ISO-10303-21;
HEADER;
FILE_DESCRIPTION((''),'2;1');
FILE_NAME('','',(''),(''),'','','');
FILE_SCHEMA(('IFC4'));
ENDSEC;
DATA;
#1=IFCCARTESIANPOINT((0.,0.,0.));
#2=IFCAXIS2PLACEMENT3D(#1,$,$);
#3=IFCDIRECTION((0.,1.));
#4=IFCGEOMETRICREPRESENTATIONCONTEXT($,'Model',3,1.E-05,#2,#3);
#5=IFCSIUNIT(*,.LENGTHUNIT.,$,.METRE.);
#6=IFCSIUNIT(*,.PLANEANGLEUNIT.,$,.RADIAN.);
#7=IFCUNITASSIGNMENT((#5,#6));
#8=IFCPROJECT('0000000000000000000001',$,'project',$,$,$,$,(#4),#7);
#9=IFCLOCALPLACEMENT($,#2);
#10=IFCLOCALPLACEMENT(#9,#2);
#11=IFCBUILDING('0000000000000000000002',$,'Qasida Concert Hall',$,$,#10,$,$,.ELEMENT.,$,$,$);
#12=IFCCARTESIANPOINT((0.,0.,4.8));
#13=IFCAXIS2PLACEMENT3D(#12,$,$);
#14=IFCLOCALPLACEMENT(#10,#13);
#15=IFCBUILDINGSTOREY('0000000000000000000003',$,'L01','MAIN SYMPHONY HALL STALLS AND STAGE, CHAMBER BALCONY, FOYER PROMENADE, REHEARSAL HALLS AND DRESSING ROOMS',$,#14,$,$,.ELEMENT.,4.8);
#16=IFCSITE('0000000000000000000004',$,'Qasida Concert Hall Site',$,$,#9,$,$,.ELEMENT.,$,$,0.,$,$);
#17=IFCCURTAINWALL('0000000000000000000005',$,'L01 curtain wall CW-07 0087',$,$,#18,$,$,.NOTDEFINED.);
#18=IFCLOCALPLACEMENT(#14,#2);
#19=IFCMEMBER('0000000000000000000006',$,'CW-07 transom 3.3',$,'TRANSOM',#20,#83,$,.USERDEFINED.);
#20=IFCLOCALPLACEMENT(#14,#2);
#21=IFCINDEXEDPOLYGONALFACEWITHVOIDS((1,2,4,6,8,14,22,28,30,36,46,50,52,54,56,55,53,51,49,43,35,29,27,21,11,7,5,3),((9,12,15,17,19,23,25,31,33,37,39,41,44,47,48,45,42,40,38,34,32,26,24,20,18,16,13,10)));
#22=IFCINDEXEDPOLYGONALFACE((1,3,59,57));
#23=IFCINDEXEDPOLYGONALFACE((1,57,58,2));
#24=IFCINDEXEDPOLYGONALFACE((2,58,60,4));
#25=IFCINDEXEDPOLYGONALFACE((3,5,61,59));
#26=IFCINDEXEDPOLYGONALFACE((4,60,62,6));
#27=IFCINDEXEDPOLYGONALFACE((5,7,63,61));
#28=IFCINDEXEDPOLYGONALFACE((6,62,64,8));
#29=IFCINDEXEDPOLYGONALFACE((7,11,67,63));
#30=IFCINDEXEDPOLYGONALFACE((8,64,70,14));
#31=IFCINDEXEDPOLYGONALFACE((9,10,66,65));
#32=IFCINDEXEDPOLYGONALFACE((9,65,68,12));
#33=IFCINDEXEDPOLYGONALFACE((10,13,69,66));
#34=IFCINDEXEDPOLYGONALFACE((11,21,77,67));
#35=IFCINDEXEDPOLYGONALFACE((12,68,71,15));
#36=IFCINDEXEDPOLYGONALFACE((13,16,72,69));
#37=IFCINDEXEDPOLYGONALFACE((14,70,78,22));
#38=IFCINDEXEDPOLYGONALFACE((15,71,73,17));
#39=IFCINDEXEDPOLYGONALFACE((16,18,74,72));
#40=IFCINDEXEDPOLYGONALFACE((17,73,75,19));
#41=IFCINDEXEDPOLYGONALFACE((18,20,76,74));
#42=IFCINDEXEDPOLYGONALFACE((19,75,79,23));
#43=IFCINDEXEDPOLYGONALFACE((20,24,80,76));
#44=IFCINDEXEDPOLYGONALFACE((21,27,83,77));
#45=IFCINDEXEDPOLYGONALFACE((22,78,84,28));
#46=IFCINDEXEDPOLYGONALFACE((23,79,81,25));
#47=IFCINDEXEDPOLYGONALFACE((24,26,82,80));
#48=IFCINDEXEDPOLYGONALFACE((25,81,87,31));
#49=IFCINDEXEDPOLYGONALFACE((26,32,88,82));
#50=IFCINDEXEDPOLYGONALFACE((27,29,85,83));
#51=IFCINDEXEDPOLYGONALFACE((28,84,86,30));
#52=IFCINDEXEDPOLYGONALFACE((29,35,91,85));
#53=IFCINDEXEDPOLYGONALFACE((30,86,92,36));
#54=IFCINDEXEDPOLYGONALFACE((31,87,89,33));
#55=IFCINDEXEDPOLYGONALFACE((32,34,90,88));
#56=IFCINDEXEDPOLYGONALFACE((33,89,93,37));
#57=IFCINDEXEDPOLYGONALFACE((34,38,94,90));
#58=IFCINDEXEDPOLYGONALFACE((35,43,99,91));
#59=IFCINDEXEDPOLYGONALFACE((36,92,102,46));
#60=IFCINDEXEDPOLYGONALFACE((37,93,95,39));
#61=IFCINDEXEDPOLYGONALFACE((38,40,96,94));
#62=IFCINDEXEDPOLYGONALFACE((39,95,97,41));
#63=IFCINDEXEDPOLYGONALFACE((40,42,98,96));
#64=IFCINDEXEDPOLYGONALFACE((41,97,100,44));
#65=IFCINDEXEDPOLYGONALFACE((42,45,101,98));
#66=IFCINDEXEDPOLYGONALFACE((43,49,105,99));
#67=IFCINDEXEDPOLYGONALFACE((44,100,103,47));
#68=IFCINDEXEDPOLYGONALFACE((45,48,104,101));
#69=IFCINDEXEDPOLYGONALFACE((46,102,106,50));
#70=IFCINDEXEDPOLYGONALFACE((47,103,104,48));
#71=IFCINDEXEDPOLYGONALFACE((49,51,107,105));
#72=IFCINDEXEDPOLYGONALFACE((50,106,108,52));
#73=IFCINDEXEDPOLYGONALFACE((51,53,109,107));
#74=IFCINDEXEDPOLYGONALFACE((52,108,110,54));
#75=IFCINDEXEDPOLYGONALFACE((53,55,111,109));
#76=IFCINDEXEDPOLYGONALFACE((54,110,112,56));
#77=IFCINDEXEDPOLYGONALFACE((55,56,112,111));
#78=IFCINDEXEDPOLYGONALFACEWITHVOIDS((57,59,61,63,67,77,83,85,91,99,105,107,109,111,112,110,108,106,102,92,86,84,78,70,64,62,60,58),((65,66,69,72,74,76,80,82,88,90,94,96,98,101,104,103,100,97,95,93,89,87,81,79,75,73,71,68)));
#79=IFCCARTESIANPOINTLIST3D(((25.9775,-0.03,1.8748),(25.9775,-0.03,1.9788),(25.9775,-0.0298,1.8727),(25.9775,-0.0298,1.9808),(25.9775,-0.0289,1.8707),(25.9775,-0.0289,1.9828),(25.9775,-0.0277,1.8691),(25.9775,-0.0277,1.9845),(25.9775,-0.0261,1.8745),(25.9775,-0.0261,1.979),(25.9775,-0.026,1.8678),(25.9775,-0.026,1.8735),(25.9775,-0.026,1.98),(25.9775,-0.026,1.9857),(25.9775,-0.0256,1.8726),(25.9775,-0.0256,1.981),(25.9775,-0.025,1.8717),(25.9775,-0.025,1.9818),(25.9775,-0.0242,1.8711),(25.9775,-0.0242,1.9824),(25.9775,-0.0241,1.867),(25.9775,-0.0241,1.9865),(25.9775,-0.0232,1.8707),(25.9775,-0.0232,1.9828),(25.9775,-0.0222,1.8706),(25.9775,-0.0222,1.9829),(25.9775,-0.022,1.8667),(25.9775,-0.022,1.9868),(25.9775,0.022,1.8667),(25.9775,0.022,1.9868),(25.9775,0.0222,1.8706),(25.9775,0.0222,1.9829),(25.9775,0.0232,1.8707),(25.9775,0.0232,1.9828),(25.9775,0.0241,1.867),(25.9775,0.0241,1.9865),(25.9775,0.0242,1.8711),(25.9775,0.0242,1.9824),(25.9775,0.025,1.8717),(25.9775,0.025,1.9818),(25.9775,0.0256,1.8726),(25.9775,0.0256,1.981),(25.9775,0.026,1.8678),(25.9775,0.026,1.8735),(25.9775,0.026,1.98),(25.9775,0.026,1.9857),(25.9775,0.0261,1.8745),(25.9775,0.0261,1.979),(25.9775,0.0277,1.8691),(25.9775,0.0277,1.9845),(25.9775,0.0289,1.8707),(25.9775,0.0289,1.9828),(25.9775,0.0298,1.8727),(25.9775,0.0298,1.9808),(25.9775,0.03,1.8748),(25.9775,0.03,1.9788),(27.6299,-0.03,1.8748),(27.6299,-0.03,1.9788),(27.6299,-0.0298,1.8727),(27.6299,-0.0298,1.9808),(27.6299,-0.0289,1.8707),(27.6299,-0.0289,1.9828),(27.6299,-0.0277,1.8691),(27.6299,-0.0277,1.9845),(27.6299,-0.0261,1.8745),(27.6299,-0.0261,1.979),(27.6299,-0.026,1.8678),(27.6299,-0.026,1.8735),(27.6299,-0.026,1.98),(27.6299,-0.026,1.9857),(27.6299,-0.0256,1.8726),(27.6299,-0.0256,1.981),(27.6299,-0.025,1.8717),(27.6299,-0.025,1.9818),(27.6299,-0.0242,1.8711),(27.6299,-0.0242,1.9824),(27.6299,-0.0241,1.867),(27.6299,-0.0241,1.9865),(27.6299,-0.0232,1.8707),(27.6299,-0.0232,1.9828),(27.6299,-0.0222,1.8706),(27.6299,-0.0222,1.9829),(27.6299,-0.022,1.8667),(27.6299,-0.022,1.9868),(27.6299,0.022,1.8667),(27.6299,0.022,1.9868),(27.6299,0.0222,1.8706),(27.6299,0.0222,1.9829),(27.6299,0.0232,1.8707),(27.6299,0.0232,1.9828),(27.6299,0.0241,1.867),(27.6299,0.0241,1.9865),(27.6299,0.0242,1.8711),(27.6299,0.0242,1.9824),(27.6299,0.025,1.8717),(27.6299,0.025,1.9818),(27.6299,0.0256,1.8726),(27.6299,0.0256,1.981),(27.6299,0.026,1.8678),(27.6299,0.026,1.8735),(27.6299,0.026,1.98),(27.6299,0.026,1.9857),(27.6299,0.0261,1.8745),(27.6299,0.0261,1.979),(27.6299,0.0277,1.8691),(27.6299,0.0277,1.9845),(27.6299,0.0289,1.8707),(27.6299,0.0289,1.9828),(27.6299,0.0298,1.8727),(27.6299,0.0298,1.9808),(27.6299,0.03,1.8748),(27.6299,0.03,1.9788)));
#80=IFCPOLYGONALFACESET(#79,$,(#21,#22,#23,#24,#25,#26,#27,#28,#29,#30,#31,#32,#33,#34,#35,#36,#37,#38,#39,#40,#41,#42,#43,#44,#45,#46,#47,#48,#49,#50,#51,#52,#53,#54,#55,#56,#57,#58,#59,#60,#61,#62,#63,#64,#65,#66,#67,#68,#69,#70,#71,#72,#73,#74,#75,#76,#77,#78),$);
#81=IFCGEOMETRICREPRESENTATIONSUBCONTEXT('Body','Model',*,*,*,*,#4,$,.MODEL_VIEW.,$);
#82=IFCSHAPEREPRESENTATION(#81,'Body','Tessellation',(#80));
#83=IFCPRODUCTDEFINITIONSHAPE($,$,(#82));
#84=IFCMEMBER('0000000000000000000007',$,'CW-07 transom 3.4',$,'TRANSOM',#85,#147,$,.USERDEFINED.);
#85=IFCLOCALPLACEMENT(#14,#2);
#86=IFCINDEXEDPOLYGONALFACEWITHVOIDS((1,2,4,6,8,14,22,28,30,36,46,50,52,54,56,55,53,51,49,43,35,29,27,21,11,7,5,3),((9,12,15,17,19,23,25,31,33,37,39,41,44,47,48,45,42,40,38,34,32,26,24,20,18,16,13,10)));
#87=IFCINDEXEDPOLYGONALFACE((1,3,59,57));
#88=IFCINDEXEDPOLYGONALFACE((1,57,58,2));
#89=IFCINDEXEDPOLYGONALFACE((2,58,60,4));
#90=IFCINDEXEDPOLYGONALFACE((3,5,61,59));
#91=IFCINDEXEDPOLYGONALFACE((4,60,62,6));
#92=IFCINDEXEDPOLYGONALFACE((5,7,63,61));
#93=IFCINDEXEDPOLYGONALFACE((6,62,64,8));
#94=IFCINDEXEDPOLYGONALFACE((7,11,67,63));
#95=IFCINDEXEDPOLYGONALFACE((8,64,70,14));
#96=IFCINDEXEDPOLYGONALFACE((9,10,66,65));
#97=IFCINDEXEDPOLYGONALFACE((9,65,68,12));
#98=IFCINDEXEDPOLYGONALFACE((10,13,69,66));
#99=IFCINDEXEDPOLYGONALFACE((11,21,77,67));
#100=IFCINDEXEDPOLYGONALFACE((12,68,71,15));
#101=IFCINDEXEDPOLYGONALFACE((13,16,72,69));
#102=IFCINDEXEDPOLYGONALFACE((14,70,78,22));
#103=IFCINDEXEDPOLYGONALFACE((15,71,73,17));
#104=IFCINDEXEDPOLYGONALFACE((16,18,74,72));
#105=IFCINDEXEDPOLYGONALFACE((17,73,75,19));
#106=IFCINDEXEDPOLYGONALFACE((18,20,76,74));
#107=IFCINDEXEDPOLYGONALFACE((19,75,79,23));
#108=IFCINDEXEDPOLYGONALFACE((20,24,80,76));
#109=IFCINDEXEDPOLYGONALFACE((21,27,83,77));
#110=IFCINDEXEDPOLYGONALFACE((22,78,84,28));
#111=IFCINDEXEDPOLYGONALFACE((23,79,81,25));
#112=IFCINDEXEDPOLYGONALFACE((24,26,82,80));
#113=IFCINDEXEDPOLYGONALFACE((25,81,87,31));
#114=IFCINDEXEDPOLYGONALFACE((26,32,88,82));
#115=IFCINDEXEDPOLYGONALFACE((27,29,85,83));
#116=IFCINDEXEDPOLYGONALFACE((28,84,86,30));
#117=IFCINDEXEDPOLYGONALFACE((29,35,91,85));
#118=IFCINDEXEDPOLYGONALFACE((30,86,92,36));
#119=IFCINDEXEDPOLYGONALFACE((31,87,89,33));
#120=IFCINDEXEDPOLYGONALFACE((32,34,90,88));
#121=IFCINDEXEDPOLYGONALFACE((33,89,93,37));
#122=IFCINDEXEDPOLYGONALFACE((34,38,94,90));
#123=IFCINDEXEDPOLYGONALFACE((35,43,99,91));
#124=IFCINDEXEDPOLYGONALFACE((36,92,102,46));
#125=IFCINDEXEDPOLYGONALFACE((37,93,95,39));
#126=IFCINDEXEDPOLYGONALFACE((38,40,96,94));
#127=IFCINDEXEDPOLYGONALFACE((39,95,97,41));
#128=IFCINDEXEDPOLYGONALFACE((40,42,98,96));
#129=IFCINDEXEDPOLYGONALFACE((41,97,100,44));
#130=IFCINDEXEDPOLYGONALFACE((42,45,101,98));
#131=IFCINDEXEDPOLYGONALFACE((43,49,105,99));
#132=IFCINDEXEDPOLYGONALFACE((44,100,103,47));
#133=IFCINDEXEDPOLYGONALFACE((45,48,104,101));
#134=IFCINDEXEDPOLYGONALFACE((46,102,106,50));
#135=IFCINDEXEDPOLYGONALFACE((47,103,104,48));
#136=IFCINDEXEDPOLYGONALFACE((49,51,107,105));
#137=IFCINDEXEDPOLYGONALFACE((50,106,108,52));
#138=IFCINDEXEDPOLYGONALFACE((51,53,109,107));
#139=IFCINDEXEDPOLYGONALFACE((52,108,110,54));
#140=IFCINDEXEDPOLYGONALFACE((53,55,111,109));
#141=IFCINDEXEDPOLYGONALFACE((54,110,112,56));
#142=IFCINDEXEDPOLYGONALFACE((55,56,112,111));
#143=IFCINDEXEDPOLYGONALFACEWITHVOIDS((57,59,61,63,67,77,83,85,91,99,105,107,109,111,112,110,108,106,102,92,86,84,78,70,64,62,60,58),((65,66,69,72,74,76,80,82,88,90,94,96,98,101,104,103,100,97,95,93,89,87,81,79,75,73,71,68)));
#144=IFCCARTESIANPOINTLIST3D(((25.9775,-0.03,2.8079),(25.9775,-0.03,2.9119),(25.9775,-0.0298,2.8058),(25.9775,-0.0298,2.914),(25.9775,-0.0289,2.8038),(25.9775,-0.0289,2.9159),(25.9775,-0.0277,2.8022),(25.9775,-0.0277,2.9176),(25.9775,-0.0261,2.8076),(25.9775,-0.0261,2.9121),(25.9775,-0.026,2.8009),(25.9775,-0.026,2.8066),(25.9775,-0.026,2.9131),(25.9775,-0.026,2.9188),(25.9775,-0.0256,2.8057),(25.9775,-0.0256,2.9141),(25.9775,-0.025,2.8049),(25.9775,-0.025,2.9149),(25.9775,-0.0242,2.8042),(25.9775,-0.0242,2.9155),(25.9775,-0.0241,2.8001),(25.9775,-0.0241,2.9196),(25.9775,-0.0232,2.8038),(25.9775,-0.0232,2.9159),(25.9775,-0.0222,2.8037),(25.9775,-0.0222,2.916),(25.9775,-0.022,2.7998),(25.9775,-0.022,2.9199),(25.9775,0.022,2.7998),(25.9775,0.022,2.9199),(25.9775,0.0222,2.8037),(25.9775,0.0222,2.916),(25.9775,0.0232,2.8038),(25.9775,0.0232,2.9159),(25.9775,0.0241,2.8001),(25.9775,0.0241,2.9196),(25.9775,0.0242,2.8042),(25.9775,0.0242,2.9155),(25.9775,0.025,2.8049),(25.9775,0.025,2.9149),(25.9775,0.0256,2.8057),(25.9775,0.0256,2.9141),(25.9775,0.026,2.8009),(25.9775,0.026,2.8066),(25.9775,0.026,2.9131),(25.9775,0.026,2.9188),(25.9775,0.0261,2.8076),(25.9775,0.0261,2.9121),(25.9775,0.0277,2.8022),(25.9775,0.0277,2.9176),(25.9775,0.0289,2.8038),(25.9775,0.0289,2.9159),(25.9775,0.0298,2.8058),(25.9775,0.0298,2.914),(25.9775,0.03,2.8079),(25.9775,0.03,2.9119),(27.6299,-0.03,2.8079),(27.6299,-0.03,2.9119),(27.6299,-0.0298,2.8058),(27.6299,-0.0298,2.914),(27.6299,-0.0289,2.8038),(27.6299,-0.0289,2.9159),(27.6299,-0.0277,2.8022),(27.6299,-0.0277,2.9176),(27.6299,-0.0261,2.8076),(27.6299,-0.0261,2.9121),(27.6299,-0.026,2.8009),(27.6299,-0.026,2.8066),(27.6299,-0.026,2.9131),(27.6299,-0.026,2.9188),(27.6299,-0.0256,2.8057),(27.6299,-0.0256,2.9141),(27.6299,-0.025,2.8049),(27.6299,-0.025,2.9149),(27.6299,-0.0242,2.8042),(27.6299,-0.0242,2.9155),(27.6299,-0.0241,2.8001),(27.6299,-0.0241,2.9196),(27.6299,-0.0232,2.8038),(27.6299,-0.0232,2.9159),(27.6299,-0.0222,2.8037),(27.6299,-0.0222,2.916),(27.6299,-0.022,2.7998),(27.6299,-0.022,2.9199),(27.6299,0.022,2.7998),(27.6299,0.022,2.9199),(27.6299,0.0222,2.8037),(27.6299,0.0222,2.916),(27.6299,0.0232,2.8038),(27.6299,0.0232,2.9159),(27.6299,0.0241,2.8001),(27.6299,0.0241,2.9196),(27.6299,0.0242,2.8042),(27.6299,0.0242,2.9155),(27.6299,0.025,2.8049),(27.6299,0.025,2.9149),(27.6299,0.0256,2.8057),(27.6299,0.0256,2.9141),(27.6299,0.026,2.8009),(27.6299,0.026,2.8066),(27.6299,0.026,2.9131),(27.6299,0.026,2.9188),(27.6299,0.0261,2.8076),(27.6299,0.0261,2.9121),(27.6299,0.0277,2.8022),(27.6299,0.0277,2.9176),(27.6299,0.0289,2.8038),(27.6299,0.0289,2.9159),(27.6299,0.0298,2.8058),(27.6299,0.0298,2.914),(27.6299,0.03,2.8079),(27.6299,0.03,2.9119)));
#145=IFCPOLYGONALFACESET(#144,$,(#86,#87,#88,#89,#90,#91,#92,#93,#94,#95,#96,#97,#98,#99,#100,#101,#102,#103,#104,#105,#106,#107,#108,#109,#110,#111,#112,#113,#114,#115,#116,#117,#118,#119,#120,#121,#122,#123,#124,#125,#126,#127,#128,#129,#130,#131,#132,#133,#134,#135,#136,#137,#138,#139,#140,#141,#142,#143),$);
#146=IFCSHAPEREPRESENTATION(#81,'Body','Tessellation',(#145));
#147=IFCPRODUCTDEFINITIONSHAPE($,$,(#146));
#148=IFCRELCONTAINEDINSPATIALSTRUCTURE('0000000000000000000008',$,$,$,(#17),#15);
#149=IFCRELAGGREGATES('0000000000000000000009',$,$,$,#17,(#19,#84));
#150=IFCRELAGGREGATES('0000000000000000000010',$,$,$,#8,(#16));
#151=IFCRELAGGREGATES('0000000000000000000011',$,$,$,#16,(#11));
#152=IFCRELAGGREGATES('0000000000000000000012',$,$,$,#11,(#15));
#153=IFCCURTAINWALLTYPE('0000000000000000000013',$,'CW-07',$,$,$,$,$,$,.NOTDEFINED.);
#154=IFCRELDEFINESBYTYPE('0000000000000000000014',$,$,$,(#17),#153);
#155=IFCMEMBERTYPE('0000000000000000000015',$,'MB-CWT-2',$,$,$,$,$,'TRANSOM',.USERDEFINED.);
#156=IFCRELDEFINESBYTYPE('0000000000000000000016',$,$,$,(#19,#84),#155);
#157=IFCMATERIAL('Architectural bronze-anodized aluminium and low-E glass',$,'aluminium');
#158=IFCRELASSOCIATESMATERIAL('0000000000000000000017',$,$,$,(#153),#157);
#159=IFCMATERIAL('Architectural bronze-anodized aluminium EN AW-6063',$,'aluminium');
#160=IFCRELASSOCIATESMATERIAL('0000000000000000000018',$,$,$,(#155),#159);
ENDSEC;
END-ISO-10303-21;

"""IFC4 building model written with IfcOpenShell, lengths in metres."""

from ifc_helpers import new_model, si_unit, direction, frame, origin, origin_2d, place, context, subcontext, project, spatial, hollow_rectangle, extrude, material, material_profile, profile_set, type_object, element, aggregate, save


model = new_model("IFC4")

# Units and contexts
model_context = context("Model", 3, precision=1e-05, world=origin(), true_north=direction((0.0, 1.0)))
body_context = subcontext(model_context, "Body", "Model", "MODEL_VIEW")
ifc_project = project(units=[si_unit("LENGTHUNIT", "METRE"), si_unit("PLANEANGLEUNIT", "RADIAN")], contexts=[model_context])

# Site, building, storey
site_placement = place(None, origin())
site = spatial("IfcSite", under=ifc_project, at=site_placement, Name="Qasida Concert Hall Site", CompositionType="ELEMENT", RefElevation=0.0)
building_placement = place(site_placement, origin())
building = spatial("IfcBuilding", under=site, at=building_placement, Name="Qasida Concert Hall", CompositionType="ELEMENT")
storey_placement = place(building_placement, frame((0.0, 0.0, 4.8)))
storey = spatial("IfcBuildingStorey", under=building, at=storey_placement, Name="L01", Description="MAIN SYMPHONY HALL STALLS AND STAGE, CHAMBER BALCONY, FOYER PROMENADE, REHEARSAL HALLS AND DRESSING ROOMS", CompositionType="ELEMENT", Elevation=4.8)

# Curtain wall
ifc_material_1 = material(Name="Architectural bronze-anodized aluminium and low-E glass", Category="aluminium")
curtain_wall_type = type_object("IfcCurtainWallType", Name="CW-07", PredefinedType="NOTDEFINED", material=ifc_material_1)
curtain_wall_1_placement = place(storey_placement, origin())
curtain_wall_1 = element("IfcCurtainWall", 1, at=curtain_wall_1_placement, inside=storey, type_object=curtain_wall_type, Name="L01 curtain wall CW-07 0087", PredefinedType="NOTDEFINED")
ifc_material_2 = material(Name="Architectural bronze-anodized aluminium EN AW-6063", Category="aluminium")

# Members
ifc_material_profile_1 = material_profile(ifc_material_2, hollow_rectangle(XDim=0.0601, YDim=0.1201, WallThickness=0.0039, InnerFilletRadius=0.0039, OuterFilletRadius=0.0081, at=origin_2d()), Name="CWT 120x60x4")
ifc_profile_set_1 = profile_set([ifc_material_profile_1], Name="Architectural bronze-anodized aluminium EN AW-6063")
member_type_1 = type_object("IfcMemberType", Name="MB-CWT-2", ElementType="TRANSOM", PredefinedType="USERDEFINED", material=ifc_profile_set_1)
member_1_placement = place(storey_placement, frame((25.9775, 0.0, 1.9268), z_axis=(1.0, 0.0, 0.0), x_axis=(0.0, 1.0, 0.0)))
member_1 = element("IfcMember", 2, at=member_1_placement, type_object=member_type_1, Name="CW-07 transom 3.3", ObjectType="TRANSOM", PredefinedType="USERDEFINED", context=body_context, shape_type="SweptSolid", body=[
    extrude(hollow_rectangle(XDim=0.0601, YDim=0.1201, WallThickness=0.0039, InnerFilletRadius=0.0039, OuterFilletRadius=0.0081, at=origin_2d()), origin(), (0.0, 0.0, 1.0), 1.6523),
])
member_2_placement = place(storey_placement, frame((25.9775, 0.0, 2.8599), z_axis=(1.0, 0.0, 0.0), x_axis=(0.0, 1.0, 0.0)))
member_2 = element("IfcMember", 3, at=member_2_placement, type_object=member_type_1, Name="CW-07 transom 3.4", ObjectType="TRANSOM", PredefinedType="USERDEFINED", context=body_context, shape_type="SweptSolid", body=[
    extrude(hollow_rectangle(XDim=0.0601, YDim=0.1201, WallThickness=0.0039, InnerFilletRadius=0.0039, OuterFilletRadius=0.0081, at=origin_2d()), origin(), (0.0, 0.0, 1.0), 1.6523),
])

aggregate(curtain_wall_1, [member_1, member_2])

save(model, "model.ifc")
